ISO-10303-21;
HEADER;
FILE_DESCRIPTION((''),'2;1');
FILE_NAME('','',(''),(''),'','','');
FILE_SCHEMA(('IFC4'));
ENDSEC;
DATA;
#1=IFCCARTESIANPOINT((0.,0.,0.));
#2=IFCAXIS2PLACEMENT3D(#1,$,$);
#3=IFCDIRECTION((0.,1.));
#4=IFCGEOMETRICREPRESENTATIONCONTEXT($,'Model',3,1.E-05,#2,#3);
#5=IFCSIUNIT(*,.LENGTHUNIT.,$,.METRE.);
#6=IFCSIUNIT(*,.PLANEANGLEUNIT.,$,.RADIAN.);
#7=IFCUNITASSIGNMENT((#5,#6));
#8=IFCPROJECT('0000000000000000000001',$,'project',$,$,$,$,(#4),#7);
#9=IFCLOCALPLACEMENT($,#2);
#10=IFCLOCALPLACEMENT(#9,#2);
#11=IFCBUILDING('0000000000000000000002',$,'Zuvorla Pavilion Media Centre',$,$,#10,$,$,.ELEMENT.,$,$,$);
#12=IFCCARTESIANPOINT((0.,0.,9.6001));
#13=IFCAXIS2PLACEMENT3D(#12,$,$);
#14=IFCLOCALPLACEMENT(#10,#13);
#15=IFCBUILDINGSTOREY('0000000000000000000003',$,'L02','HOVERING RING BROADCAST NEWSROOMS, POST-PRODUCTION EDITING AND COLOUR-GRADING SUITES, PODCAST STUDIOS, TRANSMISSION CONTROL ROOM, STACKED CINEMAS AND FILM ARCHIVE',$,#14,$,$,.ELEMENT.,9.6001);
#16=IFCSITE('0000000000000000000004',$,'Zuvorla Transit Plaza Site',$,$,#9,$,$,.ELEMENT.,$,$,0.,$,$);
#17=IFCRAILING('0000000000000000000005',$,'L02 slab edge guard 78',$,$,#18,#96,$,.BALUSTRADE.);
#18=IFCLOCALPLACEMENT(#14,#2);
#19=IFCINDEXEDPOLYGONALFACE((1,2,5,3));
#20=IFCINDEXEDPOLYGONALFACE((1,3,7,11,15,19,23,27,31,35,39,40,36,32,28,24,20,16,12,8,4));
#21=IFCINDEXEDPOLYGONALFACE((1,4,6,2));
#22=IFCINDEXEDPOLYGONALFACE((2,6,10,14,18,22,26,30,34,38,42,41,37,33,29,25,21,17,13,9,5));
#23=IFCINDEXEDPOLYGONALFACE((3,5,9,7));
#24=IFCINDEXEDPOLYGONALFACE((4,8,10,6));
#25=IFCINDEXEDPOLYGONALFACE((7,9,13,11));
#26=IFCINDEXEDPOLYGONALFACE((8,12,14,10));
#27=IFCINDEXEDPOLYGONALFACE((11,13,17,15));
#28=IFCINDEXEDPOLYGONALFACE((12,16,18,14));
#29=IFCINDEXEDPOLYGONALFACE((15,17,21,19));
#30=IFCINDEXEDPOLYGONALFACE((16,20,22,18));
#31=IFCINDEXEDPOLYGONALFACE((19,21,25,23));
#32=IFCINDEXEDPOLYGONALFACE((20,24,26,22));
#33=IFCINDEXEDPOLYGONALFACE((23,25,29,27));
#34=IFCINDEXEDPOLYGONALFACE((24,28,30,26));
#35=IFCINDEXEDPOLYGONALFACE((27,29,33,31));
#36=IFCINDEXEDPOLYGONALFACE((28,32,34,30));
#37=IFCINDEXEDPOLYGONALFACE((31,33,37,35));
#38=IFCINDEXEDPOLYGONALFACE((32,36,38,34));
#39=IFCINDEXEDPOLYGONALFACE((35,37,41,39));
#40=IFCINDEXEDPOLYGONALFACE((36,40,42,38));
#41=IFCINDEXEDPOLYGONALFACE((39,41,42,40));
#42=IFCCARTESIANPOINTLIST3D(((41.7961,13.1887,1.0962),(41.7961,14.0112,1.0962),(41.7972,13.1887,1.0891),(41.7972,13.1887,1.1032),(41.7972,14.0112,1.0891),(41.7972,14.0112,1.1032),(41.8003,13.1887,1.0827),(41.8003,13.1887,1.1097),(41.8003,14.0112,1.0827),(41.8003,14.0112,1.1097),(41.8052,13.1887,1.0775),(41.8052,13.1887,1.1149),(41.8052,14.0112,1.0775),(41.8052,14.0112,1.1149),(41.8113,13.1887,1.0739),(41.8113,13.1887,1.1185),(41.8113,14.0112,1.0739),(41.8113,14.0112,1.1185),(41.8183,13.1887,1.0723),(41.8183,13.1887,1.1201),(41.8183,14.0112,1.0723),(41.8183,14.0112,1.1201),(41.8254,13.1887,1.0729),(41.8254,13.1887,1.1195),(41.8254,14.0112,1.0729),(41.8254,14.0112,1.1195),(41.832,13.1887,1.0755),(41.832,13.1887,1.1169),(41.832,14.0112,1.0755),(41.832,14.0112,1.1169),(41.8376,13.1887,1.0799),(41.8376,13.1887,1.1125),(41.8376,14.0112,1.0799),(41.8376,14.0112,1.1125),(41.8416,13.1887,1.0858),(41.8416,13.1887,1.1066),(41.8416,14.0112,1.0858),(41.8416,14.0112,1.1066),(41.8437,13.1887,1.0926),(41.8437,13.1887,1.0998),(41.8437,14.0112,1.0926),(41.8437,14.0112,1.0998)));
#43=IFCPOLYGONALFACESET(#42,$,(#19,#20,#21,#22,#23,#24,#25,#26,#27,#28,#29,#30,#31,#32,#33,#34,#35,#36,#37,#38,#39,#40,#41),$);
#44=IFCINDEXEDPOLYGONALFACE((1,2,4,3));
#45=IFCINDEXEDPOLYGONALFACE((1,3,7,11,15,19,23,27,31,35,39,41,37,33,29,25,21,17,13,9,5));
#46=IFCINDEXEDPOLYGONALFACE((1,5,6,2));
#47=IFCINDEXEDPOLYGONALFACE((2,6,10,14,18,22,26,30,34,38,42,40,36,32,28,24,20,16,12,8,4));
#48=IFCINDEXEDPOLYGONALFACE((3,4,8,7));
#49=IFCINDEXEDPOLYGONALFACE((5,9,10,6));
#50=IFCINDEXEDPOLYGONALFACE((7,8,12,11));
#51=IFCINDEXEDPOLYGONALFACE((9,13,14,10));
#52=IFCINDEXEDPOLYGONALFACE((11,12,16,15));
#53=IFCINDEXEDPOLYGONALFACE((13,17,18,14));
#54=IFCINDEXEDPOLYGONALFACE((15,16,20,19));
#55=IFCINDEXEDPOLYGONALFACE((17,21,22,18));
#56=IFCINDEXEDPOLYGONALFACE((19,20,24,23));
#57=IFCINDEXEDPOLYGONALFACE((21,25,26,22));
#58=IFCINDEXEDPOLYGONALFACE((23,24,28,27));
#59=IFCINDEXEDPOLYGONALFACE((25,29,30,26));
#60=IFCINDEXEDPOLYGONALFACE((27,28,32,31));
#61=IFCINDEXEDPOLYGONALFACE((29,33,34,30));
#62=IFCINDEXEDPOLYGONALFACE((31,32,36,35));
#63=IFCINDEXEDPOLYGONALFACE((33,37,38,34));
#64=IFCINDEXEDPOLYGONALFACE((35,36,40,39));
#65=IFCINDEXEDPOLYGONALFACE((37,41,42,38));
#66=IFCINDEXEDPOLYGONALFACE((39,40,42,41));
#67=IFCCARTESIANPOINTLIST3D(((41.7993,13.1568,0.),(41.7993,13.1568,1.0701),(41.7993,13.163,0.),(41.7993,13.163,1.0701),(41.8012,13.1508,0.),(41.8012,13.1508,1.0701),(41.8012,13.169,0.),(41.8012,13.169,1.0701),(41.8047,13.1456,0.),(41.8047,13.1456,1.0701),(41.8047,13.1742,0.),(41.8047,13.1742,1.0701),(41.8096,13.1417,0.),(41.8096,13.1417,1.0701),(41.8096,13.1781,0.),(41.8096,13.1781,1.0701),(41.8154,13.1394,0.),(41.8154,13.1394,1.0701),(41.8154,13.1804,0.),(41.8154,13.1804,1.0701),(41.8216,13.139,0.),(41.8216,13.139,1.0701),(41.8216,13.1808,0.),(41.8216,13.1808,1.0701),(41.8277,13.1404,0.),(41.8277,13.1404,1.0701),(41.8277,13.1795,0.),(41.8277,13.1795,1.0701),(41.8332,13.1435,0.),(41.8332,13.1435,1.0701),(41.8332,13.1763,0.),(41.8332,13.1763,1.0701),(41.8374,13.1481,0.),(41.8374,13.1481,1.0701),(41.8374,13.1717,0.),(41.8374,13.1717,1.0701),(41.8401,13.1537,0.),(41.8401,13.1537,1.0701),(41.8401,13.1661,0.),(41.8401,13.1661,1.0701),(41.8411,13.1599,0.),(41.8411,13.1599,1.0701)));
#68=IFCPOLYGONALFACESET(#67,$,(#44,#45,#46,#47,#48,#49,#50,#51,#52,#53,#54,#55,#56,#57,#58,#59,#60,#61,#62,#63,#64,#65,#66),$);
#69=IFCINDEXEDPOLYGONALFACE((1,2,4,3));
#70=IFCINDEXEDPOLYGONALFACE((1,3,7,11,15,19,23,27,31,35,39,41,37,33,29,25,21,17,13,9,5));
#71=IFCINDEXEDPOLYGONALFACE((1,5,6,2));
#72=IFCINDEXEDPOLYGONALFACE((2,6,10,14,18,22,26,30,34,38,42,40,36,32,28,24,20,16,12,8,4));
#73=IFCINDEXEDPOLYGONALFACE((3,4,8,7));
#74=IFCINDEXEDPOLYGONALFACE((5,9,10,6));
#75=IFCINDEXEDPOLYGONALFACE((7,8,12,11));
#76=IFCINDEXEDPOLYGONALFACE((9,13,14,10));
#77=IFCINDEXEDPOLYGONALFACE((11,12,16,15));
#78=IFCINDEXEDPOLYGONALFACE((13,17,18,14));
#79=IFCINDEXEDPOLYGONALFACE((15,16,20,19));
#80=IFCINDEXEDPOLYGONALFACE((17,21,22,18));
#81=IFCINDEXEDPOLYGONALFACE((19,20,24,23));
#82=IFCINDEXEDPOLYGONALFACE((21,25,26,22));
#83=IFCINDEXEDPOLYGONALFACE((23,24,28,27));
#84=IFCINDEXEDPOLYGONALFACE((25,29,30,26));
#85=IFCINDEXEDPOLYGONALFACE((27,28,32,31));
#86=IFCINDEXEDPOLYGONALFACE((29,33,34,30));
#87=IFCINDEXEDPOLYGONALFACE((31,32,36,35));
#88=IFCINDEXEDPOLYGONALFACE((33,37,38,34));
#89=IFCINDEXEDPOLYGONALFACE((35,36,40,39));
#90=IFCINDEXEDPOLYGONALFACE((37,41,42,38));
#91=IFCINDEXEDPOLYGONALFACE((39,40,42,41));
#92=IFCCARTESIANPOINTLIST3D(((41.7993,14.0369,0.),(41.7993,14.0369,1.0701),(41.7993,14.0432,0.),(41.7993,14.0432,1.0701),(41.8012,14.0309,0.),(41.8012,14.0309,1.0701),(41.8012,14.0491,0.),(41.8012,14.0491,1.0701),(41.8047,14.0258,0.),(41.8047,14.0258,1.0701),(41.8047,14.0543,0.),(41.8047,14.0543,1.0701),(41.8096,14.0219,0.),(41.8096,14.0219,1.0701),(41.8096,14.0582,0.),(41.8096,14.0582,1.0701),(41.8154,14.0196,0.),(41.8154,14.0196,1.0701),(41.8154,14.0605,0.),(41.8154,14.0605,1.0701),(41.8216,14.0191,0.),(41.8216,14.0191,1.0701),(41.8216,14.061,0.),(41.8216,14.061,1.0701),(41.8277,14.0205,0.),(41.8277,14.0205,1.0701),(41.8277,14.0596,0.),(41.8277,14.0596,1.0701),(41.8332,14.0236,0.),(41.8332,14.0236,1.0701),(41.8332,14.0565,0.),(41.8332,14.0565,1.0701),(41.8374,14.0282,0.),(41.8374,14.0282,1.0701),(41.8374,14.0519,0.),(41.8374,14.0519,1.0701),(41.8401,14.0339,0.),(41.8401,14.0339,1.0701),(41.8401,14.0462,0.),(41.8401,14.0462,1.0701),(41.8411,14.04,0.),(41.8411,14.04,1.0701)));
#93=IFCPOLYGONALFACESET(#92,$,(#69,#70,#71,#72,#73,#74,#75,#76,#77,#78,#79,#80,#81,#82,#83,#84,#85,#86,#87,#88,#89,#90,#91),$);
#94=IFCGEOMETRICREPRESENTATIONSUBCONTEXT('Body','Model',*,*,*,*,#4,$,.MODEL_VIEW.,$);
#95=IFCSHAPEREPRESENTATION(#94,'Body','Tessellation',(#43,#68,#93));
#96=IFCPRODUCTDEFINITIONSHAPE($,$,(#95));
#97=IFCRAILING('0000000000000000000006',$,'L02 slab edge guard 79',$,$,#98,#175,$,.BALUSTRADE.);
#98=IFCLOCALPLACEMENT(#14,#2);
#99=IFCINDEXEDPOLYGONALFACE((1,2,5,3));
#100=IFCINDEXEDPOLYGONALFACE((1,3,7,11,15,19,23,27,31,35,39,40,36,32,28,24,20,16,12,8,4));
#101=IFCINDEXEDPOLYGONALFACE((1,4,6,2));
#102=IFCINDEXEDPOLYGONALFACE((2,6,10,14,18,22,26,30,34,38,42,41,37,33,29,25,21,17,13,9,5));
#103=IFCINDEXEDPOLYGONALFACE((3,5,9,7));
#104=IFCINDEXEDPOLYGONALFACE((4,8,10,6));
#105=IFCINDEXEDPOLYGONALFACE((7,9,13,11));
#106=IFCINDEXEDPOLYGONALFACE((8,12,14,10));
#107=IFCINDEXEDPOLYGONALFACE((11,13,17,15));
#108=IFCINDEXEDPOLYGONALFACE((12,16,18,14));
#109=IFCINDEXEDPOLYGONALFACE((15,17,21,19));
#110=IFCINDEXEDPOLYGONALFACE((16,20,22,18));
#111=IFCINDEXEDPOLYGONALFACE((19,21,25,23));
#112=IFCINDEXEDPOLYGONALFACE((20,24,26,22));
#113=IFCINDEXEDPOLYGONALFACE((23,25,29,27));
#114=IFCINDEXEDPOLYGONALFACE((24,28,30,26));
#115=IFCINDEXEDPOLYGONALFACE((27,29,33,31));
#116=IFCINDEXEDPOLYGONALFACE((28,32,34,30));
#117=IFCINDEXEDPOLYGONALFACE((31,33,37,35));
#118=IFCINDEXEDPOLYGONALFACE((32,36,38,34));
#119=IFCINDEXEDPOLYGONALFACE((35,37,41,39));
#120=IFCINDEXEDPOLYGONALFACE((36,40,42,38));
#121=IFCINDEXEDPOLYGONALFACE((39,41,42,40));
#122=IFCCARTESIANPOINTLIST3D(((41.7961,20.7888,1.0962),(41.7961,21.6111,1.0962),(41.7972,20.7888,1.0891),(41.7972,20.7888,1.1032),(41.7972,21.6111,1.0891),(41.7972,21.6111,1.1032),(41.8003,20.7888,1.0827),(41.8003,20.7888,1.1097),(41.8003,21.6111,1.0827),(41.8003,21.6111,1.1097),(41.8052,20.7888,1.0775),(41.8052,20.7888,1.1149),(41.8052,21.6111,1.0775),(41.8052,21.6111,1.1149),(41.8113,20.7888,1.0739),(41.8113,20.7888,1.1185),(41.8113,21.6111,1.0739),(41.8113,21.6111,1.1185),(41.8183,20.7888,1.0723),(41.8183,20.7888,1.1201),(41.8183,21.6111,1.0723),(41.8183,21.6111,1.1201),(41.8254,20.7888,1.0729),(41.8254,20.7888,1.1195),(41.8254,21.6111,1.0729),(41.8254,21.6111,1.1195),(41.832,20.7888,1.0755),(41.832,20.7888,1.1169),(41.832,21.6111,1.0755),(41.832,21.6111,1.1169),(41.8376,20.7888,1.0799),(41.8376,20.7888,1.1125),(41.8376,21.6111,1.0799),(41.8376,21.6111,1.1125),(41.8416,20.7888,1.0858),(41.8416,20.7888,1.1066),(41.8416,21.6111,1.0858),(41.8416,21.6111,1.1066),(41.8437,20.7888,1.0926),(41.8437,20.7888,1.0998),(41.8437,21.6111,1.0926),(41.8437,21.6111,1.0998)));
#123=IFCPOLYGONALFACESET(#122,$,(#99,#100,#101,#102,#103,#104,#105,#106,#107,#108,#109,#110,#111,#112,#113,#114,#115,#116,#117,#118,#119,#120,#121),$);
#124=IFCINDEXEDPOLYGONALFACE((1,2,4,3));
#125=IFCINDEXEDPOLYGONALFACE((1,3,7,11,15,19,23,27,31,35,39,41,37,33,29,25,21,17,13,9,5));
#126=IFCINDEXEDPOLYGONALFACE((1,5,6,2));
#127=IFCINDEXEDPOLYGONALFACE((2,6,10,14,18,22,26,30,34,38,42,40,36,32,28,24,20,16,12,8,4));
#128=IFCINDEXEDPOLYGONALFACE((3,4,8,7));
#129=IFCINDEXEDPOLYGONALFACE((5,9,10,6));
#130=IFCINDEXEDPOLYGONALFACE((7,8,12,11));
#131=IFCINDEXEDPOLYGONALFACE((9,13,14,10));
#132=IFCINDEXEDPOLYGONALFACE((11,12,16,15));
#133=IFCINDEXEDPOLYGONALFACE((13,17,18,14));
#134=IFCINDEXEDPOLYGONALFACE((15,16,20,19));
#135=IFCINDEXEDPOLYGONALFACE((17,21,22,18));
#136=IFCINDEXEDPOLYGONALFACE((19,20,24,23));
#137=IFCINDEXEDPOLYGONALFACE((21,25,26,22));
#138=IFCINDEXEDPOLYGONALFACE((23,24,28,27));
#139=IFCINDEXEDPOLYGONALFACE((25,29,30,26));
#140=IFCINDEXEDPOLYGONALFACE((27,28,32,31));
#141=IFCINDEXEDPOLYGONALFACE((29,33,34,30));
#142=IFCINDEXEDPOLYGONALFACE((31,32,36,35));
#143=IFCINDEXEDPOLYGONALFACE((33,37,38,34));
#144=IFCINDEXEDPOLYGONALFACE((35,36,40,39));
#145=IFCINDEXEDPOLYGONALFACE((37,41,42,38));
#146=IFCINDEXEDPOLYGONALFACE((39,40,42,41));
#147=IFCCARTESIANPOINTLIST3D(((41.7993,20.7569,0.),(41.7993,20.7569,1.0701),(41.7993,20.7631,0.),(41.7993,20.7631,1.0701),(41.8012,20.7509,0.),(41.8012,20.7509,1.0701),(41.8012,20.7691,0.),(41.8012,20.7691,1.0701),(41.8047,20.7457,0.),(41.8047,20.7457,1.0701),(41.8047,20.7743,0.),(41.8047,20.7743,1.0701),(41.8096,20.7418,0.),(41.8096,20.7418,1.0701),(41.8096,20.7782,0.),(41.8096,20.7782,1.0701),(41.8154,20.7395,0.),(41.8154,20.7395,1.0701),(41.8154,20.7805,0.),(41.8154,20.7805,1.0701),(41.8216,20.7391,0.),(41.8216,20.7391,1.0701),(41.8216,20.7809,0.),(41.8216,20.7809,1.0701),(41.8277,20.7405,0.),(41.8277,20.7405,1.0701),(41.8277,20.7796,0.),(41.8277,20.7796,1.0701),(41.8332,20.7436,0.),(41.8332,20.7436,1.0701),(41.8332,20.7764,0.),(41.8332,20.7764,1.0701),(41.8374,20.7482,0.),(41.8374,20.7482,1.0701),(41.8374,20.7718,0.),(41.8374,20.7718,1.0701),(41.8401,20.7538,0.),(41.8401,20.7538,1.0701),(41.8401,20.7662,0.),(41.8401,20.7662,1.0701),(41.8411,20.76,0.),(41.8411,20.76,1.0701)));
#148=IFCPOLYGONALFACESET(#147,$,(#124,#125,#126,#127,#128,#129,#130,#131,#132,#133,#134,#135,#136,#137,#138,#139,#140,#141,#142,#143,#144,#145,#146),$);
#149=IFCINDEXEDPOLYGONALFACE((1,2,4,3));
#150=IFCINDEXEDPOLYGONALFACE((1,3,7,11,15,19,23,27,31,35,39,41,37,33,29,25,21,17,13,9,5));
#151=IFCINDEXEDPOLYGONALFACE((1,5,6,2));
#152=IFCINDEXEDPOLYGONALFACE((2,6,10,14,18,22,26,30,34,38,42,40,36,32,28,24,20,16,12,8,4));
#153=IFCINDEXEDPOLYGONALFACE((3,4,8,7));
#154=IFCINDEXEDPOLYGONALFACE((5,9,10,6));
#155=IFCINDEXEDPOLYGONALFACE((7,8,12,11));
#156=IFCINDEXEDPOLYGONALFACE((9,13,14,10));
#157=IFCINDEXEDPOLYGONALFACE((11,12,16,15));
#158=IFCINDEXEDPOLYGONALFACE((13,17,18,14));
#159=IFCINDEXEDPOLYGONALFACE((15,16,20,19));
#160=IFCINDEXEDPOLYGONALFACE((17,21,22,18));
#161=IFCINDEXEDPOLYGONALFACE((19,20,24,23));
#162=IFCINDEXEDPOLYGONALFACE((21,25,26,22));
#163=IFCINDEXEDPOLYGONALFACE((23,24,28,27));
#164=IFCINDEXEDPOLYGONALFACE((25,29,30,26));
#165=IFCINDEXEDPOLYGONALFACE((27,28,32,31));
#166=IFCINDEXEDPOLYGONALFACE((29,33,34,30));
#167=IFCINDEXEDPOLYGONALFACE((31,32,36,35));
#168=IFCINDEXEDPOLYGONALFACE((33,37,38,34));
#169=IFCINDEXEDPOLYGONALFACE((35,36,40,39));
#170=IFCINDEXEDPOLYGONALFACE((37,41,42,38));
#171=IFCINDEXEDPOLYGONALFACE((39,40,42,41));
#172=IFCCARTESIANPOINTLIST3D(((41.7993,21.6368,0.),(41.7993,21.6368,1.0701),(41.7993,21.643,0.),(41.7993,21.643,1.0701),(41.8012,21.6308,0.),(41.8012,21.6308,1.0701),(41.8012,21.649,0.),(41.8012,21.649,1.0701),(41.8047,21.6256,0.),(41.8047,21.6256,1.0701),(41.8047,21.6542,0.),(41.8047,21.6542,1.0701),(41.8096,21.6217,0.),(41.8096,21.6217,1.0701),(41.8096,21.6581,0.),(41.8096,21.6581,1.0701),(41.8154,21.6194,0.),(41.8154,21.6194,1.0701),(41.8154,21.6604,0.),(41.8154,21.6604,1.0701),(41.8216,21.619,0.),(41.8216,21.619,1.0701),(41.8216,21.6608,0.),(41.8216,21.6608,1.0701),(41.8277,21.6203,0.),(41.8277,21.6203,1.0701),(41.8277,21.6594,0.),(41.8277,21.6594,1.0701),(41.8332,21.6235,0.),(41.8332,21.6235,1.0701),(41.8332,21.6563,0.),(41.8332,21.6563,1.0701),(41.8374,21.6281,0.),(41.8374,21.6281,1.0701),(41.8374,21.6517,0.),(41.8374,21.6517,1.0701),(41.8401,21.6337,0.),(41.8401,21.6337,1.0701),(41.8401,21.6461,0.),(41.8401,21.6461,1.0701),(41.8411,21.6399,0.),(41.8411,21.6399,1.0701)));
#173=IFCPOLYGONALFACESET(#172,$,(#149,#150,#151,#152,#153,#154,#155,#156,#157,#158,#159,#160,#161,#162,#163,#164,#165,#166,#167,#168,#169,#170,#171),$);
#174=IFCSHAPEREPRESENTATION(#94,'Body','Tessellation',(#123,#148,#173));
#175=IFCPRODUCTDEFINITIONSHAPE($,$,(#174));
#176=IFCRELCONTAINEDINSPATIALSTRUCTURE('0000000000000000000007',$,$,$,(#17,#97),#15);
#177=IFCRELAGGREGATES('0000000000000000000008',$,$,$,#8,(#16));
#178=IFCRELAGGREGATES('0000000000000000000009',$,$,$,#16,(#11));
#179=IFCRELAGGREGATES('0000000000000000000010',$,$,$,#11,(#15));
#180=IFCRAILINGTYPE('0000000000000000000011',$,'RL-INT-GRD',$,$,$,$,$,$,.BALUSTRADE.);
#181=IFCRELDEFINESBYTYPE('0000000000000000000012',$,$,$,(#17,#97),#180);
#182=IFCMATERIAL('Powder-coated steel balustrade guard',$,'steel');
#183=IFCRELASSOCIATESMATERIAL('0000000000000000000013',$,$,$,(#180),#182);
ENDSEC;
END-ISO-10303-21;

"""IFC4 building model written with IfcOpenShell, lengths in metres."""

from ifc_helpers import new_model, si_unit, direction, frame, origin, origin_2d, place, context, subcontext, project, spatial, circle, extrude, material, type_object, element, save


model = new_model("IFC4")

# Units and contexts
model_context = context("Model", 3, precision=1e-05, world=origin(), true_north=direction((0.0, 1.0)))
body_context = subcontext(model_context, "Body", "Model", "MODEL_VIEW")
ifc_project = project(units=[si_unit("LENGTHUNIT", "METRE"), si_unit("PLANEANGLEUNIT", "RADIAN")], contexts=[model_context])

# Site, building, storey
site_placement = place(None, origin())
site = spatial("IfcSite", under=ifc_project, at=site_placement, Name="Zuvorla Transit Plaza Site", CompositionType="ELEMENT", RefElevation=0.0)
building_placement = place(site_placement, origin())
building = spatial("IfcBuilding", under=site, at=building_placement, Name="Zuvorla Pavilion Media Centre", CompositionType="ELEMENT")
storey_placement = place(building_placement, frame((0.0, 0.0, 9.6001)))
storey = spatial("IfcBuildingStorey", under=building, at=storey_placement, Name="L02", Description="HOVERING RING BROADCAST NEWSROOMS, POST-PRODUCTION EDITING AND COLOUR-GRADING SUITES, PODCAST STUDIOS, TRANSMISSION CONTROL ROOM, STACKED CINEMAS AND FILM ARCHIVE", CompositionType="ELEMENT", Elevation=9.6001)

# Railings
ifc_material_1 = material(Name="Powder-coated steel balustrade guard", Category="steel")
railing_type = type_object("IfcRailingType", Name="RL-INT-GRD", PredefinedType="BALUSTRADE", material=ifc_material_1)
railing_1_placement = place(storey_placement, frame((41.8201, 13.1599, 0.0)))
element("IfcRailing", 1, at=railing_1_placement, inside=storey, type_object=railing_type, Name="L02 slab edge guard 78", PredefinedType="BALUSTRADE", context=body_context, shape_type="SweptSolid", body=[
    extrude(circle(Radius=0.0239, at=origin_2d()), frame((0.0, 0.0288, 1.0962), z_axis=(0.0, 1.0, 0.0), x_axis=(-1.0, 0.0, 0.0)), (0.0, 0.0, 1.0), 0.8225),
    extrude(circle(Radius=0.021, at=origin_2d()), origin(), (0.0, 0.0, 1.0), 1.0701),
    extrude(circle(Radius=0.021, at=origin_2d()), frame((0.0, 0.8801, 0.0)), (0.0, 0.0, 1.0), 1.0701),
])
for number, where, name in (
    (2, (41.8201, 20.76, 0.0), "L02 slab edge guard 79"),
):
    element("IfcRailing", number, at=place(storey_placement, frame(where)), inside=storey, type_object=railing_type, Name=name, PredefinedType="BALUSTRADE", context=body_context, shape_type="SweptSolid", body=[
        extrude(circle(Radius=0.0239, at=origin_2d()), frame((0.0, 0.0288, 1.0962), z_axis=(0.0, 1.0, 0.0), x_axis=(-1.0, 0.0, 0.0)), (0.0, 0.0, 1.0), 0.8223),
        extrude(circle(Radius=0.021, at=origin_2d()), origin(), (0.0, 0.0, 1.0), 1.0701),
        extrude(circle(Radius=0.021, at=origin_2d()), frame((0.0, 0.8799, 0.0)), (0.0, 0.0, 1.0), 1.0701),
    ])

save(model, "model.ifc")
